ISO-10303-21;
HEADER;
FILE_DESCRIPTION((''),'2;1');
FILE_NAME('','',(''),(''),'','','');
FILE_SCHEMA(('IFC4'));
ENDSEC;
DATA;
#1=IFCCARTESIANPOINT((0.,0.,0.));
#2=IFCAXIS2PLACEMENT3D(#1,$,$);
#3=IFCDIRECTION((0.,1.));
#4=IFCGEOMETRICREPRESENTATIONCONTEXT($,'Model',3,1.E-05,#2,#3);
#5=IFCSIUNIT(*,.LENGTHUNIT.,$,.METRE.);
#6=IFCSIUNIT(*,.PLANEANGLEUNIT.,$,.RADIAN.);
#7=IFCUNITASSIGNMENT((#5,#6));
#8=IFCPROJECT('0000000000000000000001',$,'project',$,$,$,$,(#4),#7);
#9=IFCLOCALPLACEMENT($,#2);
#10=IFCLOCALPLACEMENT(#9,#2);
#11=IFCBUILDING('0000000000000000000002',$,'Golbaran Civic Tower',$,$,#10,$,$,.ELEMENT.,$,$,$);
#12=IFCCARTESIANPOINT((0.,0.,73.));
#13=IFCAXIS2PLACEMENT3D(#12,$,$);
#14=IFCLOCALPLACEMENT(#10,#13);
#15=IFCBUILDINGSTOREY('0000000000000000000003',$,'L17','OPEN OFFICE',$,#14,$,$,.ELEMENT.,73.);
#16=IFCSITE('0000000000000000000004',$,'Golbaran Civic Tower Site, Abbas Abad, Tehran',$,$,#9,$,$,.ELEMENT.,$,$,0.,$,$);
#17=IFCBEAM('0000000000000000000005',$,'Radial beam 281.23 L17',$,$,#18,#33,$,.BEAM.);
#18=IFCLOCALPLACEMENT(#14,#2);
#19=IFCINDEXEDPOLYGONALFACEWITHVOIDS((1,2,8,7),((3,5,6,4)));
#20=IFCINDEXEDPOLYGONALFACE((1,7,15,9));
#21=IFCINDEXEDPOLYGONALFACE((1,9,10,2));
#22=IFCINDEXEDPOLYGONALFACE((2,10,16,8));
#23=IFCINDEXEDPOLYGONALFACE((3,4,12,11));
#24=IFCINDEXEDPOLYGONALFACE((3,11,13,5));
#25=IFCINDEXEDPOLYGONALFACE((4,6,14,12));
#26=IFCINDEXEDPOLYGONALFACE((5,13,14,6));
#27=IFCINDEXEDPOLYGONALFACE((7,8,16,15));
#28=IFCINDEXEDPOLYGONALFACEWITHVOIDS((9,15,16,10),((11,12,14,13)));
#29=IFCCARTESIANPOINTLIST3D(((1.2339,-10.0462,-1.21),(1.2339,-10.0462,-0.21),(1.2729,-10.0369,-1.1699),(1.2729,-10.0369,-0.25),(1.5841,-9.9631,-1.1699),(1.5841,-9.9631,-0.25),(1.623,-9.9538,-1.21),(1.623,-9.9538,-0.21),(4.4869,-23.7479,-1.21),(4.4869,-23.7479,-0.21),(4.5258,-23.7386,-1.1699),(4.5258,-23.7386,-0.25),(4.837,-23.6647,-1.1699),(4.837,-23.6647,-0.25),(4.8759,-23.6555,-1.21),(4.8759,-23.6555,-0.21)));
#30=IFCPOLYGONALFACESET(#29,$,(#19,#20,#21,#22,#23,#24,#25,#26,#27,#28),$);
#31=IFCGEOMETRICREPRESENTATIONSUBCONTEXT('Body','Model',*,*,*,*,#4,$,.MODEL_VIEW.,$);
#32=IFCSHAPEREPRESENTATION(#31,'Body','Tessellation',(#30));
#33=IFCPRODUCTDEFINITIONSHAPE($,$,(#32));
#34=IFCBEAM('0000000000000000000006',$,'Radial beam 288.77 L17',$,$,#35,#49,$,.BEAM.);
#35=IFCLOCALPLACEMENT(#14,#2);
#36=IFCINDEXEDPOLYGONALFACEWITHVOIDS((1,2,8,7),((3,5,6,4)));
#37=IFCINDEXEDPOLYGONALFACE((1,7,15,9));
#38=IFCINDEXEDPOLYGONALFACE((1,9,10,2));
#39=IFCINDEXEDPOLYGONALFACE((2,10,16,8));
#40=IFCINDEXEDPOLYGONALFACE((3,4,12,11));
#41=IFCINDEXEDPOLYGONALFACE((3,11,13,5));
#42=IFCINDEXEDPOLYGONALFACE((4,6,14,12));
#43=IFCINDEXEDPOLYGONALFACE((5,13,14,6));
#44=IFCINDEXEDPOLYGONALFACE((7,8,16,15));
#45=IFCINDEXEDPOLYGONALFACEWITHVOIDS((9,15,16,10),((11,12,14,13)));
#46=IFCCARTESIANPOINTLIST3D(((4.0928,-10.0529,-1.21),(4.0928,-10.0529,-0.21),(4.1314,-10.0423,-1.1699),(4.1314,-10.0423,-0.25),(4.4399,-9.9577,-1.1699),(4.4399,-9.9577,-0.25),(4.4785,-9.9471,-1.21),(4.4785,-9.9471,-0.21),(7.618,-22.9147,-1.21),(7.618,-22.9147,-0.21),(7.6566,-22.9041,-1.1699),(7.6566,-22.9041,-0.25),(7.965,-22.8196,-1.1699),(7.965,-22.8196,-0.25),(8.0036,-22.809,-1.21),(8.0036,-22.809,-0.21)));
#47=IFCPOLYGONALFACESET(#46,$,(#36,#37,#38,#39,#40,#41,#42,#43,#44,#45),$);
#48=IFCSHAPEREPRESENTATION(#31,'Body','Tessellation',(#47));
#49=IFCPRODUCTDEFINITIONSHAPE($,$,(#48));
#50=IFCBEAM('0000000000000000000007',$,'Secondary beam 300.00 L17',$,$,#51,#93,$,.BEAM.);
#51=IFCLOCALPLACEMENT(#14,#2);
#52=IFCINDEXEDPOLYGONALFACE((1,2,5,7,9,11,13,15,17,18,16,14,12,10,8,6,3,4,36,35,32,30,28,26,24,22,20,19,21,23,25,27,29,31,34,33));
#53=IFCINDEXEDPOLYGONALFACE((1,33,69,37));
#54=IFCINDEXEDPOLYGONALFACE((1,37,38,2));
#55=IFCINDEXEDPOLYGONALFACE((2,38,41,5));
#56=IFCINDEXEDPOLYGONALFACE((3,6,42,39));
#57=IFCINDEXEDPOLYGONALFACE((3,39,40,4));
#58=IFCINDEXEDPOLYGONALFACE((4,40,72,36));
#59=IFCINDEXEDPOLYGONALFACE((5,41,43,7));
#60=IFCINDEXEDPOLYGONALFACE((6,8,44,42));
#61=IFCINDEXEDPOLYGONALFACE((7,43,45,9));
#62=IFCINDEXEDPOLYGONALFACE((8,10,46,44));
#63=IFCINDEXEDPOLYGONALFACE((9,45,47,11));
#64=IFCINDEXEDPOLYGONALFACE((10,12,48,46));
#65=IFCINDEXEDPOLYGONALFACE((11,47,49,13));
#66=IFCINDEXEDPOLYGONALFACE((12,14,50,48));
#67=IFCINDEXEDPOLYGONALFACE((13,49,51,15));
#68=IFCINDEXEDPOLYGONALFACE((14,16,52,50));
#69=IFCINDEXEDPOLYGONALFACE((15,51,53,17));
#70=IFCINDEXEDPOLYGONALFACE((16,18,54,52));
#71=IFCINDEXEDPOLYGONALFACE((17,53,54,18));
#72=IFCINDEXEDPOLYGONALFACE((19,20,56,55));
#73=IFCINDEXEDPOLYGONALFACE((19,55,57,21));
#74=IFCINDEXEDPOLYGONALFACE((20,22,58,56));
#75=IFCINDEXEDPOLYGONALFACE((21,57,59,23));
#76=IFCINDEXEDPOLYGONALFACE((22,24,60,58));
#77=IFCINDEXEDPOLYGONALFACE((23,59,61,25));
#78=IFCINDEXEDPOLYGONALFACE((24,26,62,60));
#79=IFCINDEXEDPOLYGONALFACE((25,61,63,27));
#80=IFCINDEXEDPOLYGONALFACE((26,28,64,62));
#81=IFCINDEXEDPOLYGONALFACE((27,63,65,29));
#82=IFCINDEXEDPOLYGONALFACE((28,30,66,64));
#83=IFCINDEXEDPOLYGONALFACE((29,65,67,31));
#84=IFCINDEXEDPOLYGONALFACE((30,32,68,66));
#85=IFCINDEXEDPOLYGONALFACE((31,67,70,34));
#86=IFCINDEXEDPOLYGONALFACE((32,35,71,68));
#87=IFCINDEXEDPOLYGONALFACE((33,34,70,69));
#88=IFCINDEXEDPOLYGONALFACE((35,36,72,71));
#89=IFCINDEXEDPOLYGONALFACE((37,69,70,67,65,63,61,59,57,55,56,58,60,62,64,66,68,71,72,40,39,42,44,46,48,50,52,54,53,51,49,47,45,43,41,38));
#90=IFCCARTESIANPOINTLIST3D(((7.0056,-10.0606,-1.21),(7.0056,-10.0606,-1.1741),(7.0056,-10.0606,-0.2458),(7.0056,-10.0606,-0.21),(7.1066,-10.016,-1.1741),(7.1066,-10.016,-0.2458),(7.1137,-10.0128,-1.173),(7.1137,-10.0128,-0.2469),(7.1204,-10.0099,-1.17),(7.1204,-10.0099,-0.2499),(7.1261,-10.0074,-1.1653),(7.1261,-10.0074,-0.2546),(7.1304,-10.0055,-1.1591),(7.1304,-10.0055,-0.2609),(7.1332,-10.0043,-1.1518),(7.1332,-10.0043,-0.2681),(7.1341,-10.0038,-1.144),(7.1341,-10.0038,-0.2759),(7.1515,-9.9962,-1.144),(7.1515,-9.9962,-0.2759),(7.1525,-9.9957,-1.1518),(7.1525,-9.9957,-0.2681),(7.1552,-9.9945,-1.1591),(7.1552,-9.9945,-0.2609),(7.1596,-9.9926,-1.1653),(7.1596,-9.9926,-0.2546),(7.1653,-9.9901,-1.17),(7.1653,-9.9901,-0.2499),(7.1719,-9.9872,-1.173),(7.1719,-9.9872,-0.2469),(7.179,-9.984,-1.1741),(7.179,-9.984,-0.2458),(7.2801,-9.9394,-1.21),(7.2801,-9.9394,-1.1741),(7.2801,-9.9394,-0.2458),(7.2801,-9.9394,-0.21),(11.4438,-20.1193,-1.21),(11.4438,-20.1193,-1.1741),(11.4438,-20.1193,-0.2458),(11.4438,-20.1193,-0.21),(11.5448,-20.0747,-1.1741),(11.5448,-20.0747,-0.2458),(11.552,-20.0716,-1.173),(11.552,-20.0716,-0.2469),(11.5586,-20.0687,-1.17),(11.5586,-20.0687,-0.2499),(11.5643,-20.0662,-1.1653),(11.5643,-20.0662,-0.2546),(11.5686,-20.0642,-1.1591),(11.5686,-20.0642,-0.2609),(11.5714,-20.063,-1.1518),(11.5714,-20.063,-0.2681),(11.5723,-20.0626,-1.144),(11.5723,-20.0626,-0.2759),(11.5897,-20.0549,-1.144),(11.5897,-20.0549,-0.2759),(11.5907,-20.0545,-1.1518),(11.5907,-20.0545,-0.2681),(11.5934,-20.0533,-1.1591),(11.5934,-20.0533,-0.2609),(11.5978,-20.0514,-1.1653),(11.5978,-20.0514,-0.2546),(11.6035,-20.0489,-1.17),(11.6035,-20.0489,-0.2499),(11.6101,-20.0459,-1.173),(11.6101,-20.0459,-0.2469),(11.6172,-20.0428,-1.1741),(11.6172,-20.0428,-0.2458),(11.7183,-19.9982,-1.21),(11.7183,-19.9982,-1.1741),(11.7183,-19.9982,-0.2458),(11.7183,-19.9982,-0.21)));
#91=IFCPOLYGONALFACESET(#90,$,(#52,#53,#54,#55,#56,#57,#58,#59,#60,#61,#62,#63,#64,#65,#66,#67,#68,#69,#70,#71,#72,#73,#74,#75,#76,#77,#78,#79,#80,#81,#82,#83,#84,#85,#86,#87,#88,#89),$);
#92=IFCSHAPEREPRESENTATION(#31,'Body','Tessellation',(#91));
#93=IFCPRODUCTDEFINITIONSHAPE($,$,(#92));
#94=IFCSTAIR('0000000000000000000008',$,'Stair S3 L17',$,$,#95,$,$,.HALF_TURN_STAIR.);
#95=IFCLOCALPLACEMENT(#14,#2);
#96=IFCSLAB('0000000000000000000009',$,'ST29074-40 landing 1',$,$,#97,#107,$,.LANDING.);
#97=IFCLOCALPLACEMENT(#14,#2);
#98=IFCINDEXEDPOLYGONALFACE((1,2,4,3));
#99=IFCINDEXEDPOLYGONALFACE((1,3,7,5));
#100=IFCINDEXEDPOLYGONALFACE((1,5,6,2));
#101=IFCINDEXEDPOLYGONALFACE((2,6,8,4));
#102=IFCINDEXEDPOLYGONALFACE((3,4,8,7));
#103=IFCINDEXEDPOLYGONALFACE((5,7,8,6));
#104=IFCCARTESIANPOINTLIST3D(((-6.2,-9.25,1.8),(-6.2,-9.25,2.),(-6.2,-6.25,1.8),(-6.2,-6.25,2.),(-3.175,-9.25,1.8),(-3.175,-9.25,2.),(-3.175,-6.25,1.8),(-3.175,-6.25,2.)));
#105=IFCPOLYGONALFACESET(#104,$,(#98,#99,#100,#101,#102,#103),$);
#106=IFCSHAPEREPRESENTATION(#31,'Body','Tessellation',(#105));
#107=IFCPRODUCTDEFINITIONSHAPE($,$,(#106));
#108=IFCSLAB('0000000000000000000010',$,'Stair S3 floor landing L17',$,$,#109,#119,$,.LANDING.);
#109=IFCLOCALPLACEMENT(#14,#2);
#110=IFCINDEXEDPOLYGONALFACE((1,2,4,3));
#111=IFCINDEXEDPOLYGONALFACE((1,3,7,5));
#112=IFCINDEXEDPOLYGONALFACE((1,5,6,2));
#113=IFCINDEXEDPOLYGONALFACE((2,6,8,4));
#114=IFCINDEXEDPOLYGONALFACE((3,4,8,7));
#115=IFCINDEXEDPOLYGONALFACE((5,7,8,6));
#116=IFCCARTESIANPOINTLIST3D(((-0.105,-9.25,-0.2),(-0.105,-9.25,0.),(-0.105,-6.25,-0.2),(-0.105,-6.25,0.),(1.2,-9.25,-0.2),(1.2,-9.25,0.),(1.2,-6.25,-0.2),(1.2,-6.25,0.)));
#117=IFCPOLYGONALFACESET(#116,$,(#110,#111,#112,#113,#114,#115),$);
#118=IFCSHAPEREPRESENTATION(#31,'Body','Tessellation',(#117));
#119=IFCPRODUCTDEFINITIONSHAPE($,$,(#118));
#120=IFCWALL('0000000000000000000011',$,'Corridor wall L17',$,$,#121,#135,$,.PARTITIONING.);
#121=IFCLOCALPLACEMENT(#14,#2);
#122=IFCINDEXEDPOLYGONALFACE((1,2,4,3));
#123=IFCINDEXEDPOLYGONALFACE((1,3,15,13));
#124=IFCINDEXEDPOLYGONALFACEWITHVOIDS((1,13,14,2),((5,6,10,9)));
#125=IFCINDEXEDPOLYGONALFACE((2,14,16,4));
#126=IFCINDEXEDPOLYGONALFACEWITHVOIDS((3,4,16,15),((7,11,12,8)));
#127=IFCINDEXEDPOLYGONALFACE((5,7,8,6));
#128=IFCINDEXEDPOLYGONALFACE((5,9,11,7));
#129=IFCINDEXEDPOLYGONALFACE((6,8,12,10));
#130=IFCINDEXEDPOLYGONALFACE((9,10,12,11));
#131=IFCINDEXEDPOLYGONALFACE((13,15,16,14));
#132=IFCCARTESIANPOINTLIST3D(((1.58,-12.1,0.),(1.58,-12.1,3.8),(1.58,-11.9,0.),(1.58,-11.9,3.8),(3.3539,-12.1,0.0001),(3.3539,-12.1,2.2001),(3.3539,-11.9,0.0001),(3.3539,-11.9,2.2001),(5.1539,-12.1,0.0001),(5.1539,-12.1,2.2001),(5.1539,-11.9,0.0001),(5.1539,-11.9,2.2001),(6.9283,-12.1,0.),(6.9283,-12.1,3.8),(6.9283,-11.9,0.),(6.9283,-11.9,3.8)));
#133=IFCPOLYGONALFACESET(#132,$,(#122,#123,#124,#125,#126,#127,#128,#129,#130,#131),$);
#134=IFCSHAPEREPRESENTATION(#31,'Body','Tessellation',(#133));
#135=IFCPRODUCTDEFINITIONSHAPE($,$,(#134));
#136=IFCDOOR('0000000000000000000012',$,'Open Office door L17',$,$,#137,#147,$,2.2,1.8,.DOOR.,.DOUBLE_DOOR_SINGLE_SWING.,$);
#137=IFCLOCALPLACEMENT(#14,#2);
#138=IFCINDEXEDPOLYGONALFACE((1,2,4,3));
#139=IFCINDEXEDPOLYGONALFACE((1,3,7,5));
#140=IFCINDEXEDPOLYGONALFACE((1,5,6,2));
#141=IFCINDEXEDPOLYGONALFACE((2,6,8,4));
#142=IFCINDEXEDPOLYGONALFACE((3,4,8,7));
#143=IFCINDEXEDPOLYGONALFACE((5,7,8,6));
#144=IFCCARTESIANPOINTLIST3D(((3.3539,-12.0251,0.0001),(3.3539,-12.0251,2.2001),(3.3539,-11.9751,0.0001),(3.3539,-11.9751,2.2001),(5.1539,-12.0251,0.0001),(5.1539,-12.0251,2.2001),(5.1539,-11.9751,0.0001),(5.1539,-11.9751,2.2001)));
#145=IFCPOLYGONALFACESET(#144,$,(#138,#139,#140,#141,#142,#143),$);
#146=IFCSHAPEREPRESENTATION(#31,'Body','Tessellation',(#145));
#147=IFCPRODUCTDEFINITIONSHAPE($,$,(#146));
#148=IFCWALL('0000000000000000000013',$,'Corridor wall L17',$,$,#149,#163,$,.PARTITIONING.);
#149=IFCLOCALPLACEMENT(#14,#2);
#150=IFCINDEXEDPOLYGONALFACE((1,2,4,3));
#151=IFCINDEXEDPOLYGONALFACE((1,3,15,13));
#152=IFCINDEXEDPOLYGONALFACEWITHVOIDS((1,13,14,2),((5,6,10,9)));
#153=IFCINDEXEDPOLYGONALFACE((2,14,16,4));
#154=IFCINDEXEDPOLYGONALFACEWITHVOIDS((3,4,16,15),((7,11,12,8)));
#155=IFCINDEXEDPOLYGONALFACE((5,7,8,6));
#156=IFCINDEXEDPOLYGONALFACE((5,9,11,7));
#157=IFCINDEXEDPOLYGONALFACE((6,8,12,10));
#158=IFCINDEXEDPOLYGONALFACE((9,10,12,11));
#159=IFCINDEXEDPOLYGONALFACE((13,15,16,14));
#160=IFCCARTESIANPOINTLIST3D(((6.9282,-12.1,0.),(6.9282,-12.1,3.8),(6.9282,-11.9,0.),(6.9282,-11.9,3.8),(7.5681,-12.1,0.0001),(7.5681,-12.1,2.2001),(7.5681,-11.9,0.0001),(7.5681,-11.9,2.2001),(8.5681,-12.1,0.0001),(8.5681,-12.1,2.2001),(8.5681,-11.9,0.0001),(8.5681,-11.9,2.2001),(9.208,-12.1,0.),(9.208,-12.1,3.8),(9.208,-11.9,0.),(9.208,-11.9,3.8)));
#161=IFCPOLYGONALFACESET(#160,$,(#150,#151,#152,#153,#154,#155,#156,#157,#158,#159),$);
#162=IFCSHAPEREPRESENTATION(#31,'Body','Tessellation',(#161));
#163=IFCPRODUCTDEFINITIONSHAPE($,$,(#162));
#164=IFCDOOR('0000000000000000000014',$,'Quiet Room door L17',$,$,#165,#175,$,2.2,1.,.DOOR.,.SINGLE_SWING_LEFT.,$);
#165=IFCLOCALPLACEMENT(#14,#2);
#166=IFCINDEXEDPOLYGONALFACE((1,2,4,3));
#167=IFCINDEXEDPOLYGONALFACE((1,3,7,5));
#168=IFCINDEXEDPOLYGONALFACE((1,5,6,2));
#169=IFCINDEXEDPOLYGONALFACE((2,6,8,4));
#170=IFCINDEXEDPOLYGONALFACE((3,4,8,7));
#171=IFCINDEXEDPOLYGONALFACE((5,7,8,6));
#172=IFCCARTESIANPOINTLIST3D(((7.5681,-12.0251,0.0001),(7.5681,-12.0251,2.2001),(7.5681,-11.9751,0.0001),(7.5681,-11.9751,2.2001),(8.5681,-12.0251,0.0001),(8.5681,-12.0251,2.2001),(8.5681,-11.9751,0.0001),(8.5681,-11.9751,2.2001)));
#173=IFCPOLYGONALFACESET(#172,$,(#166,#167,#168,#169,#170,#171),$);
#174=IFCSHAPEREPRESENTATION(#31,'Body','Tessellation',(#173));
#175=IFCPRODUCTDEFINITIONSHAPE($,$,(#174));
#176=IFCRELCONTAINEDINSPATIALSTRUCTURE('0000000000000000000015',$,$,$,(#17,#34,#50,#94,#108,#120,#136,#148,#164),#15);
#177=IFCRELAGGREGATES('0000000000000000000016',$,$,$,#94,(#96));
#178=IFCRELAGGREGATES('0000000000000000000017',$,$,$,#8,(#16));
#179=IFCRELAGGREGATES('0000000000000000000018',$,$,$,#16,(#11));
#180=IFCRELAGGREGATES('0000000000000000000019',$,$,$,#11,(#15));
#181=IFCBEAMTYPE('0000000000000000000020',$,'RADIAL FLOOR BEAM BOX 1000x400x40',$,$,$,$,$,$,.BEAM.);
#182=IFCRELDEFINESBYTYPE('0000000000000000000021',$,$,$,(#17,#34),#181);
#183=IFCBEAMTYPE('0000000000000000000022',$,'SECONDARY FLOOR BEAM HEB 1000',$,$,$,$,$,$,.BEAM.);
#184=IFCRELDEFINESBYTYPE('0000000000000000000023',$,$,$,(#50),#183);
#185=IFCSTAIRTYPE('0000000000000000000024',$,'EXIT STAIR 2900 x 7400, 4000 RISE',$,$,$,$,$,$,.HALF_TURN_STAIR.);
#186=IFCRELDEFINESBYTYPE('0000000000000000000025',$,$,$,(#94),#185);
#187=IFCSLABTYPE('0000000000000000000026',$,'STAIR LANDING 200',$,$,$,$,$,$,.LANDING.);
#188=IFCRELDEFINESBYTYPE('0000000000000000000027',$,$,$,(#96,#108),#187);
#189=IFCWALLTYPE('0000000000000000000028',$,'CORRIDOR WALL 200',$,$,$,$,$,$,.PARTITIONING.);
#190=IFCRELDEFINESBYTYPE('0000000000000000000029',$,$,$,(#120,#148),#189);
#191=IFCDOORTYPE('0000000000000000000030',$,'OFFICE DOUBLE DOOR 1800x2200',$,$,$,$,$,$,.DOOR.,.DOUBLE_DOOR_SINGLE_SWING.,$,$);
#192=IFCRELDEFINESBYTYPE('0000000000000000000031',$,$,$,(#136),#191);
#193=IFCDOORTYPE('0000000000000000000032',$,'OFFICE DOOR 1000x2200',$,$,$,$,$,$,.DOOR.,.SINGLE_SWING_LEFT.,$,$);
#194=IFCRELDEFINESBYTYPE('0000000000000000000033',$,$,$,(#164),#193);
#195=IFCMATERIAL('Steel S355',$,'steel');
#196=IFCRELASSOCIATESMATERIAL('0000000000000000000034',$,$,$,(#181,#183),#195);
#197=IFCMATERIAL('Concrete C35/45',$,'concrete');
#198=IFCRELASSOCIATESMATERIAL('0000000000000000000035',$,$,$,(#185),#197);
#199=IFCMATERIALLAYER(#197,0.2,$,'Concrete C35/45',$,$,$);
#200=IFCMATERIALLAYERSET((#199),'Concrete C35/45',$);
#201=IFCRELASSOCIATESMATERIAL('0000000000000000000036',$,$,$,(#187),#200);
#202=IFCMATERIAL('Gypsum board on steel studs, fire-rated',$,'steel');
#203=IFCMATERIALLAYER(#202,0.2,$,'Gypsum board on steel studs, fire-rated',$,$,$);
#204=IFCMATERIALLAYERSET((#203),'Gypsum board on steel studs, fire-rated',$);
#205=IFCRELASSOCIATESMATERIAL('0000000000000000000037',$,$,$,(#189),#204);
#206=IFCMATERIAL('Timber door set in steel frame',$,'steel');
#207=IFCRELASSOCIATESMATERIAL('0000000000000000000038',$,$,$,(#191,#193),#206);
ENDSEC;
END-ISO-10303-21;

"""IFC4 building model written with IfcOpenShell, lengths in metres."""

from ifc_helpers import new_model, si_unit, direction, frame, frame_2d, origin, origin_2d, place, context, subcontext, project, spatial, polyline, rectangle, hollow_rectangle, i_section, outline, extrude, material, layer, layer_set, material_profile, profile_set, type_object, element, fill, aggregate, save


model = new_model("IFC4")

# Units and contexts
model_context = context("Model", 3, precision=1e-05, world=origin(), true_north=direction((0.0, 1.0)))
body_context = subcontext(model_context, "Body", "Model", "MODEL_VIEW")
ifc_project = project(units=[si_unit("LENGTHUNIT", "METRE"), si_unit("PLANEANGLEUNIT", "RADIAN")], contexts=[model_context])

# Site, building, storey
site_placement = place(None, origin())
site = spatial("IfcSite", under=ifc_project, at=site_placement, Name="Golbaran Civic Tower Site, Abbas Abad, Tehran", CompositionType="ELEMENT", RefElevation=0.0)
building_placement = place(site_placement, origin())
building = spatial("IfcBuilding", under=site, at=building_placement, Name="Golbaran Civic Tower", CompositionType="ELEMENT")
storey_placement = place(building_placement, frame((0.0, 0.0, 73.0)))
storey = spatial("IfcBuildingStorey", under=building, at=storey_placement, Name="L17", Description="OPEN OFFICE", CompositionType="ELEMENT", Elevation=73.0)

# Beams
ifc_material_1 = material(Name="Steel S355", Category="steel")
ifc_material_profile_1 = material_profile(ifc_material_1, hollow_rectangle(XDim=0.3999, YDim=1.0, WallThickness=0.04, at=origin_2d()), Name="BOX 1000x400x40")
ifc_profile_set_1 = profile_set([ifc_material_profile_1], Name="Steel S355")
beam_type_1 = type_object("IfcBeamType", Name="RADIAL FLOOR BEAM BOX 1000x400x40", PredefinedType="BEAM", material=ifc_profile_set_1)
beam_1_placement = place(storey_placement, frame((1.4285, -10.0, -0.71), z_axis=(0.230991, -0.972956, 0.0), x_axis=(0.972956, 0.230991, 0.0)))
element("IfcBeam", 1, at=beam_1_placement, inside=storey, type_object=beam_type_1, Name="Radial beam 281.23 L17", PredefinedType="BEAM", context=body_context, shape_type="SweptSolid", body=[
    extrude(hollow_rectangle(XDim=0.3999, YDim=1.0, WallThickness=0.04, at=origin_2d()), origin(), (0.0, 0.0, 1.0), 14.0825),
])
beam_2_placement = place(storey_placement, frame((4.2856, -10.0, -0.71), z_axis=(0.26433, -0.964432, 0.0), x_axis=(0.964432, 0.26433, 0.0)))
element("IfcBeam", 2, at=beam_2_placement, inside=storey, type_object=beam_type_1, Name="Radial beam 288.77 L17", PredefinedType="BEAM", context=body_context, shape_type="SweptSolid", body=[
    extrude(hollow_rectangle(XDim=0.3999, YDim=1.0, WallThickness=0.04, at=origin_2d()), origin(), (0.0, 0.0, 1.0), 13.3362),
])
ifc_material_profile_2 = material_profile(ifc_material_1, i_section(OverallWidth=0.3, OverallDepth=1.0, WebThickness=0.019, FlangeThickness=0.0359, FilletRadius=0.03, at=origin_2d()), Name="HEB 1000")
ifc_profile_set_2 = profile_set([ifc_material_profile_2], Name="Steel S355")
beam_type_2 = type_object("IfcBeamType", Name="SECONDARY FLOOR BEAM HEB 1000", PredefinedType="BEAM", material=ifc_profile_set_2)
beam_3_placement = place(storey_placement, frame((7.1428, -10.0, -0.71), z_axis=(0.403679, -0.914901, 0.0), x_axis=(0.914901, 0.403679, 0.0)))
element("IfcBeam", 3, at=beam_3_placement, inside=storey, type_object=beam_type_2, Name="Secondary beam 300.00 L17", PredefinedType="BEAM", context=body_context, shape_type="SweptSolid", body=[
    extrude(i_section(OverallWidth=0.3, OverallDepth=1.0, WebThickness=0.019, FlangeThickness=0.0359, FilletRadius=0.03, at=origin_2d()), origin(), (0.0, 0.0, 1.0), 10.9944),
])

# Stair, slab
ifc_material_2 = material(Name="Concrete C35/45", Category="concrete")
stair_type_1 = type_object("IfcStairType", Name="EXIT STAIR 2900 x 7400, 4000 RISE", PredefinedType="HALF_TURN_STAIR", material=ifc_material_2)
stair_1_placement = place(storey_placement, origin())
stair_1 = element("IfcStair", 4, at=stair_1_placement, inside=storey, type_object=stair_type_1, Name="Stair S3 L17", PredefinedType="HALF_TURN_STAIR")
ifc_layer_1 = layer(ifc_material_2, 0.2, Name="Concrete C35/45")
ifc_layer_set_1 = layer_set([ifc_layer_1], Name="Concrete C35/45")
slab_type = type_object("IfcSlabType", Name="STAIR LANDING 200", PredefinedType="LANDING", material=ifc_layer_set_1)
slab_1_placement = place(storey_placement, frame((0.0, 0.0, 1.8)))
slab_1 = element("IfcSlab", 5, at=slab_1_placement, type_object=slab_type, Name="ST29074-40 landing 1", PredefinedType="LANDING", context=body_context, shape_type="SweptSolid", body=[
    extrude(outline(polyline([(-3.175, -9.25), (-6.2, -9.25), (-6.2, -6.25), (-3.175, -6.25), (-3.175, -9.25)])), origin(), (0.0, 0.0, 1.0), 0.2),
])
aggregate(stair_1, [slab_1])

# Slab
slab_2_placement = place(storey_placement, frame((0.0, 0.0, -0.2)))
element("IfcSlab", 6, at=slab_2_placement, inside=storey, type_object=slab_type, Name="Stair S3 floor landing L17", PredefinedType="LANDING", context=body_context, shape_type="SweptSolid", body=[
    extrude(outline(polyline([(1.2, -9.25), (-0.105, -9.25), (-0.105, -6.25), (1.2, -6.25), (1.2, -9.25)])), origin(), (0.0, 0.0, 1.0), 0.2),
])

# Walls, openings, doors
ifc_material_3 = material(Name="Gypsum board on steel studs, fire-rated", Category="steel")
ifc_layer_2 = layer(ifc_material_3, 0.2, Name="Gypsum board on steel studs, fire-rated")
ifc_layer_set_2 = layer_set([ifc_layer_2], Name="Gypsum board on steel studs, fire-rated")
wall_type_1 = type_object("IfcWallType", Name="CORRIDOR WALL 200", PredefinedType="PARTITIONING", material=ifc_layer_set_2)
wall_1_placement = place(storey_placement, frame((1.5798, -12.0, 0.0), z_axis=(0.0, 0.0, 1.0), x_axis=(1.0, 0.0, 0.0)))
wall_1 = element("IfcWall", 7, at=wall_1_placement, inside=storey, type_object=wall_type_1, Name="Corridor wall L17", PredefinedType="PARTITIONING", context=body_context, shape_type="SweptSolid", body=[
    extrude(rectangle(XDim=5.3484, YDim=0.2, at=frame_2d((2.6743, 0.0))), origin(), (0.0, 0.0, 1.0), 3.8),
])
opening_1_placement = place(wall_1_placement, frame((1.7742, 0.0, 0.0)))
opening_1 = element("IfcOpeningElement", 8, at=opening_1_placement, cuts=wall_1, PredefinedType="OPENING", context=body_context, shape_type="SweptSolid", body=[
    extrude(rectangle(XDim=1.8, YDim=2.2, at=frame_2d((0.8999, 1.1001))), frame((0.0, 0.1099, 0.0), z_axis=(0.0, -1.0, 0.0), x_axis=(1.0, 0.0, 0.0)), (0.0, 0.0, 1.0), 0.22),
])
ifc_material_4 = material(Name="Timber door set in steel frame", Category="steel")
door_type_1 = type_object("IfcDoorType", Name="OFFICE DOUBLE DOOR 1800x2200", OperationType="DOUBLE_DOOR_SINGLE_SWING", PredefinedType="DOOR", material=ifc_material_4)
door_1_placement = place(opening_1_placement, origin())
door_1 = element("IfcDoor", 9, at=door_1_placement, inside=storey, type_object=door_type_1, Name="Open Office door L17", OperationType="DOUBLE_DOOR_SINGLE_SWING", OverallHeight=2.2, OverallWidth=1.8, PredefinedType="DOOR", context=body_context, shape_type="SweptSolid", body=[
    extrude(rectangle(XDim=1.8, YDim=2.2, at=frame_2d((0.8999, 1.1001))), frame((0.0, 0.0249, 0.0), z_axis=(0.0, -1.0, 0.0), x_axis=(1.0, 0.0, 0.0)), (0.0, 0.0, 1.0), 0.05),
])
fill(opening_1, door_1)
wall_2_placement = place(storey_placement, frame((6.9282, -12.0, 0.0), z_axis=(0.0, 0.0, 1.0), x_axis=(1.0, 0.0, 0.0)))
wall_2 = element("IfcWall", 10, at=wall_2_placement, inside=storey, type_object=wall_type_1, Name="Corridor wall L17", PredefinedType="PARTITIONING", context=body_context, shape_type="SweptSolid", body=[
    extrude(rectangle(XDim=2.2798, YDim=0.2, at=frame_2d((1.1399, 0.0))), origin(), (0.0, 0.0, 1.0), 3.8),
])
opening_2_placement = place(wall_2_placement, frame((0.6399, 0.0, 0.0)))
opening_2 = element("IfcOpeningElement", 11, at=opening_2_placement, cuts=wall_2, PredefinedType="OPENING", context=body_context, shape_type="SweptSolid", body=[
    extrude(rectangle(XDim=1.0, YDim=2.2, at=frame_2d((0.5, 1.1001))), frame((0.0, 0.1099, 0.0), z_axis=(0.0, -1.0, 0.0), x_axis=(1.0, 0.0, 0.0)), (0.0, 0.0, 1.0), 0.22),
])
door_type_2 = type_object("IfcDoorType", Name="OFFICE DOOR 1000x2200", OperationType="SINGLE_SWING_LEFT", PredefinedType="DOOR", material=ifc_material_4)
door_2_placement = place(opening_2_placement, origin())
door_2 = element("IfcDoor", 12, at=door_2_placement, inside=storey, type_object=door_type_2, Name="Quiet Room door L17", OperationType="SINGLE_SWING_LEFT", OverallHeight=2.2, OverallWidth=1.0, PredefinedType="DOOR", context=body_context, shape_type="SweptSolid", body=[
    extrude(rectangle(XDim=1.0, YDim=2.2, at=frame_2d((0.5, 1.1001))), frame((0.0, 0.0249, 0.0), z_axis=(0.0, -1.0, 0.0), x_axis=(1.0, 0.0, 0.0)), (0.0, 0.0, 1.0), 0.05),
])
fill(opening_2, door_2)

save(model, "model.ifc")
